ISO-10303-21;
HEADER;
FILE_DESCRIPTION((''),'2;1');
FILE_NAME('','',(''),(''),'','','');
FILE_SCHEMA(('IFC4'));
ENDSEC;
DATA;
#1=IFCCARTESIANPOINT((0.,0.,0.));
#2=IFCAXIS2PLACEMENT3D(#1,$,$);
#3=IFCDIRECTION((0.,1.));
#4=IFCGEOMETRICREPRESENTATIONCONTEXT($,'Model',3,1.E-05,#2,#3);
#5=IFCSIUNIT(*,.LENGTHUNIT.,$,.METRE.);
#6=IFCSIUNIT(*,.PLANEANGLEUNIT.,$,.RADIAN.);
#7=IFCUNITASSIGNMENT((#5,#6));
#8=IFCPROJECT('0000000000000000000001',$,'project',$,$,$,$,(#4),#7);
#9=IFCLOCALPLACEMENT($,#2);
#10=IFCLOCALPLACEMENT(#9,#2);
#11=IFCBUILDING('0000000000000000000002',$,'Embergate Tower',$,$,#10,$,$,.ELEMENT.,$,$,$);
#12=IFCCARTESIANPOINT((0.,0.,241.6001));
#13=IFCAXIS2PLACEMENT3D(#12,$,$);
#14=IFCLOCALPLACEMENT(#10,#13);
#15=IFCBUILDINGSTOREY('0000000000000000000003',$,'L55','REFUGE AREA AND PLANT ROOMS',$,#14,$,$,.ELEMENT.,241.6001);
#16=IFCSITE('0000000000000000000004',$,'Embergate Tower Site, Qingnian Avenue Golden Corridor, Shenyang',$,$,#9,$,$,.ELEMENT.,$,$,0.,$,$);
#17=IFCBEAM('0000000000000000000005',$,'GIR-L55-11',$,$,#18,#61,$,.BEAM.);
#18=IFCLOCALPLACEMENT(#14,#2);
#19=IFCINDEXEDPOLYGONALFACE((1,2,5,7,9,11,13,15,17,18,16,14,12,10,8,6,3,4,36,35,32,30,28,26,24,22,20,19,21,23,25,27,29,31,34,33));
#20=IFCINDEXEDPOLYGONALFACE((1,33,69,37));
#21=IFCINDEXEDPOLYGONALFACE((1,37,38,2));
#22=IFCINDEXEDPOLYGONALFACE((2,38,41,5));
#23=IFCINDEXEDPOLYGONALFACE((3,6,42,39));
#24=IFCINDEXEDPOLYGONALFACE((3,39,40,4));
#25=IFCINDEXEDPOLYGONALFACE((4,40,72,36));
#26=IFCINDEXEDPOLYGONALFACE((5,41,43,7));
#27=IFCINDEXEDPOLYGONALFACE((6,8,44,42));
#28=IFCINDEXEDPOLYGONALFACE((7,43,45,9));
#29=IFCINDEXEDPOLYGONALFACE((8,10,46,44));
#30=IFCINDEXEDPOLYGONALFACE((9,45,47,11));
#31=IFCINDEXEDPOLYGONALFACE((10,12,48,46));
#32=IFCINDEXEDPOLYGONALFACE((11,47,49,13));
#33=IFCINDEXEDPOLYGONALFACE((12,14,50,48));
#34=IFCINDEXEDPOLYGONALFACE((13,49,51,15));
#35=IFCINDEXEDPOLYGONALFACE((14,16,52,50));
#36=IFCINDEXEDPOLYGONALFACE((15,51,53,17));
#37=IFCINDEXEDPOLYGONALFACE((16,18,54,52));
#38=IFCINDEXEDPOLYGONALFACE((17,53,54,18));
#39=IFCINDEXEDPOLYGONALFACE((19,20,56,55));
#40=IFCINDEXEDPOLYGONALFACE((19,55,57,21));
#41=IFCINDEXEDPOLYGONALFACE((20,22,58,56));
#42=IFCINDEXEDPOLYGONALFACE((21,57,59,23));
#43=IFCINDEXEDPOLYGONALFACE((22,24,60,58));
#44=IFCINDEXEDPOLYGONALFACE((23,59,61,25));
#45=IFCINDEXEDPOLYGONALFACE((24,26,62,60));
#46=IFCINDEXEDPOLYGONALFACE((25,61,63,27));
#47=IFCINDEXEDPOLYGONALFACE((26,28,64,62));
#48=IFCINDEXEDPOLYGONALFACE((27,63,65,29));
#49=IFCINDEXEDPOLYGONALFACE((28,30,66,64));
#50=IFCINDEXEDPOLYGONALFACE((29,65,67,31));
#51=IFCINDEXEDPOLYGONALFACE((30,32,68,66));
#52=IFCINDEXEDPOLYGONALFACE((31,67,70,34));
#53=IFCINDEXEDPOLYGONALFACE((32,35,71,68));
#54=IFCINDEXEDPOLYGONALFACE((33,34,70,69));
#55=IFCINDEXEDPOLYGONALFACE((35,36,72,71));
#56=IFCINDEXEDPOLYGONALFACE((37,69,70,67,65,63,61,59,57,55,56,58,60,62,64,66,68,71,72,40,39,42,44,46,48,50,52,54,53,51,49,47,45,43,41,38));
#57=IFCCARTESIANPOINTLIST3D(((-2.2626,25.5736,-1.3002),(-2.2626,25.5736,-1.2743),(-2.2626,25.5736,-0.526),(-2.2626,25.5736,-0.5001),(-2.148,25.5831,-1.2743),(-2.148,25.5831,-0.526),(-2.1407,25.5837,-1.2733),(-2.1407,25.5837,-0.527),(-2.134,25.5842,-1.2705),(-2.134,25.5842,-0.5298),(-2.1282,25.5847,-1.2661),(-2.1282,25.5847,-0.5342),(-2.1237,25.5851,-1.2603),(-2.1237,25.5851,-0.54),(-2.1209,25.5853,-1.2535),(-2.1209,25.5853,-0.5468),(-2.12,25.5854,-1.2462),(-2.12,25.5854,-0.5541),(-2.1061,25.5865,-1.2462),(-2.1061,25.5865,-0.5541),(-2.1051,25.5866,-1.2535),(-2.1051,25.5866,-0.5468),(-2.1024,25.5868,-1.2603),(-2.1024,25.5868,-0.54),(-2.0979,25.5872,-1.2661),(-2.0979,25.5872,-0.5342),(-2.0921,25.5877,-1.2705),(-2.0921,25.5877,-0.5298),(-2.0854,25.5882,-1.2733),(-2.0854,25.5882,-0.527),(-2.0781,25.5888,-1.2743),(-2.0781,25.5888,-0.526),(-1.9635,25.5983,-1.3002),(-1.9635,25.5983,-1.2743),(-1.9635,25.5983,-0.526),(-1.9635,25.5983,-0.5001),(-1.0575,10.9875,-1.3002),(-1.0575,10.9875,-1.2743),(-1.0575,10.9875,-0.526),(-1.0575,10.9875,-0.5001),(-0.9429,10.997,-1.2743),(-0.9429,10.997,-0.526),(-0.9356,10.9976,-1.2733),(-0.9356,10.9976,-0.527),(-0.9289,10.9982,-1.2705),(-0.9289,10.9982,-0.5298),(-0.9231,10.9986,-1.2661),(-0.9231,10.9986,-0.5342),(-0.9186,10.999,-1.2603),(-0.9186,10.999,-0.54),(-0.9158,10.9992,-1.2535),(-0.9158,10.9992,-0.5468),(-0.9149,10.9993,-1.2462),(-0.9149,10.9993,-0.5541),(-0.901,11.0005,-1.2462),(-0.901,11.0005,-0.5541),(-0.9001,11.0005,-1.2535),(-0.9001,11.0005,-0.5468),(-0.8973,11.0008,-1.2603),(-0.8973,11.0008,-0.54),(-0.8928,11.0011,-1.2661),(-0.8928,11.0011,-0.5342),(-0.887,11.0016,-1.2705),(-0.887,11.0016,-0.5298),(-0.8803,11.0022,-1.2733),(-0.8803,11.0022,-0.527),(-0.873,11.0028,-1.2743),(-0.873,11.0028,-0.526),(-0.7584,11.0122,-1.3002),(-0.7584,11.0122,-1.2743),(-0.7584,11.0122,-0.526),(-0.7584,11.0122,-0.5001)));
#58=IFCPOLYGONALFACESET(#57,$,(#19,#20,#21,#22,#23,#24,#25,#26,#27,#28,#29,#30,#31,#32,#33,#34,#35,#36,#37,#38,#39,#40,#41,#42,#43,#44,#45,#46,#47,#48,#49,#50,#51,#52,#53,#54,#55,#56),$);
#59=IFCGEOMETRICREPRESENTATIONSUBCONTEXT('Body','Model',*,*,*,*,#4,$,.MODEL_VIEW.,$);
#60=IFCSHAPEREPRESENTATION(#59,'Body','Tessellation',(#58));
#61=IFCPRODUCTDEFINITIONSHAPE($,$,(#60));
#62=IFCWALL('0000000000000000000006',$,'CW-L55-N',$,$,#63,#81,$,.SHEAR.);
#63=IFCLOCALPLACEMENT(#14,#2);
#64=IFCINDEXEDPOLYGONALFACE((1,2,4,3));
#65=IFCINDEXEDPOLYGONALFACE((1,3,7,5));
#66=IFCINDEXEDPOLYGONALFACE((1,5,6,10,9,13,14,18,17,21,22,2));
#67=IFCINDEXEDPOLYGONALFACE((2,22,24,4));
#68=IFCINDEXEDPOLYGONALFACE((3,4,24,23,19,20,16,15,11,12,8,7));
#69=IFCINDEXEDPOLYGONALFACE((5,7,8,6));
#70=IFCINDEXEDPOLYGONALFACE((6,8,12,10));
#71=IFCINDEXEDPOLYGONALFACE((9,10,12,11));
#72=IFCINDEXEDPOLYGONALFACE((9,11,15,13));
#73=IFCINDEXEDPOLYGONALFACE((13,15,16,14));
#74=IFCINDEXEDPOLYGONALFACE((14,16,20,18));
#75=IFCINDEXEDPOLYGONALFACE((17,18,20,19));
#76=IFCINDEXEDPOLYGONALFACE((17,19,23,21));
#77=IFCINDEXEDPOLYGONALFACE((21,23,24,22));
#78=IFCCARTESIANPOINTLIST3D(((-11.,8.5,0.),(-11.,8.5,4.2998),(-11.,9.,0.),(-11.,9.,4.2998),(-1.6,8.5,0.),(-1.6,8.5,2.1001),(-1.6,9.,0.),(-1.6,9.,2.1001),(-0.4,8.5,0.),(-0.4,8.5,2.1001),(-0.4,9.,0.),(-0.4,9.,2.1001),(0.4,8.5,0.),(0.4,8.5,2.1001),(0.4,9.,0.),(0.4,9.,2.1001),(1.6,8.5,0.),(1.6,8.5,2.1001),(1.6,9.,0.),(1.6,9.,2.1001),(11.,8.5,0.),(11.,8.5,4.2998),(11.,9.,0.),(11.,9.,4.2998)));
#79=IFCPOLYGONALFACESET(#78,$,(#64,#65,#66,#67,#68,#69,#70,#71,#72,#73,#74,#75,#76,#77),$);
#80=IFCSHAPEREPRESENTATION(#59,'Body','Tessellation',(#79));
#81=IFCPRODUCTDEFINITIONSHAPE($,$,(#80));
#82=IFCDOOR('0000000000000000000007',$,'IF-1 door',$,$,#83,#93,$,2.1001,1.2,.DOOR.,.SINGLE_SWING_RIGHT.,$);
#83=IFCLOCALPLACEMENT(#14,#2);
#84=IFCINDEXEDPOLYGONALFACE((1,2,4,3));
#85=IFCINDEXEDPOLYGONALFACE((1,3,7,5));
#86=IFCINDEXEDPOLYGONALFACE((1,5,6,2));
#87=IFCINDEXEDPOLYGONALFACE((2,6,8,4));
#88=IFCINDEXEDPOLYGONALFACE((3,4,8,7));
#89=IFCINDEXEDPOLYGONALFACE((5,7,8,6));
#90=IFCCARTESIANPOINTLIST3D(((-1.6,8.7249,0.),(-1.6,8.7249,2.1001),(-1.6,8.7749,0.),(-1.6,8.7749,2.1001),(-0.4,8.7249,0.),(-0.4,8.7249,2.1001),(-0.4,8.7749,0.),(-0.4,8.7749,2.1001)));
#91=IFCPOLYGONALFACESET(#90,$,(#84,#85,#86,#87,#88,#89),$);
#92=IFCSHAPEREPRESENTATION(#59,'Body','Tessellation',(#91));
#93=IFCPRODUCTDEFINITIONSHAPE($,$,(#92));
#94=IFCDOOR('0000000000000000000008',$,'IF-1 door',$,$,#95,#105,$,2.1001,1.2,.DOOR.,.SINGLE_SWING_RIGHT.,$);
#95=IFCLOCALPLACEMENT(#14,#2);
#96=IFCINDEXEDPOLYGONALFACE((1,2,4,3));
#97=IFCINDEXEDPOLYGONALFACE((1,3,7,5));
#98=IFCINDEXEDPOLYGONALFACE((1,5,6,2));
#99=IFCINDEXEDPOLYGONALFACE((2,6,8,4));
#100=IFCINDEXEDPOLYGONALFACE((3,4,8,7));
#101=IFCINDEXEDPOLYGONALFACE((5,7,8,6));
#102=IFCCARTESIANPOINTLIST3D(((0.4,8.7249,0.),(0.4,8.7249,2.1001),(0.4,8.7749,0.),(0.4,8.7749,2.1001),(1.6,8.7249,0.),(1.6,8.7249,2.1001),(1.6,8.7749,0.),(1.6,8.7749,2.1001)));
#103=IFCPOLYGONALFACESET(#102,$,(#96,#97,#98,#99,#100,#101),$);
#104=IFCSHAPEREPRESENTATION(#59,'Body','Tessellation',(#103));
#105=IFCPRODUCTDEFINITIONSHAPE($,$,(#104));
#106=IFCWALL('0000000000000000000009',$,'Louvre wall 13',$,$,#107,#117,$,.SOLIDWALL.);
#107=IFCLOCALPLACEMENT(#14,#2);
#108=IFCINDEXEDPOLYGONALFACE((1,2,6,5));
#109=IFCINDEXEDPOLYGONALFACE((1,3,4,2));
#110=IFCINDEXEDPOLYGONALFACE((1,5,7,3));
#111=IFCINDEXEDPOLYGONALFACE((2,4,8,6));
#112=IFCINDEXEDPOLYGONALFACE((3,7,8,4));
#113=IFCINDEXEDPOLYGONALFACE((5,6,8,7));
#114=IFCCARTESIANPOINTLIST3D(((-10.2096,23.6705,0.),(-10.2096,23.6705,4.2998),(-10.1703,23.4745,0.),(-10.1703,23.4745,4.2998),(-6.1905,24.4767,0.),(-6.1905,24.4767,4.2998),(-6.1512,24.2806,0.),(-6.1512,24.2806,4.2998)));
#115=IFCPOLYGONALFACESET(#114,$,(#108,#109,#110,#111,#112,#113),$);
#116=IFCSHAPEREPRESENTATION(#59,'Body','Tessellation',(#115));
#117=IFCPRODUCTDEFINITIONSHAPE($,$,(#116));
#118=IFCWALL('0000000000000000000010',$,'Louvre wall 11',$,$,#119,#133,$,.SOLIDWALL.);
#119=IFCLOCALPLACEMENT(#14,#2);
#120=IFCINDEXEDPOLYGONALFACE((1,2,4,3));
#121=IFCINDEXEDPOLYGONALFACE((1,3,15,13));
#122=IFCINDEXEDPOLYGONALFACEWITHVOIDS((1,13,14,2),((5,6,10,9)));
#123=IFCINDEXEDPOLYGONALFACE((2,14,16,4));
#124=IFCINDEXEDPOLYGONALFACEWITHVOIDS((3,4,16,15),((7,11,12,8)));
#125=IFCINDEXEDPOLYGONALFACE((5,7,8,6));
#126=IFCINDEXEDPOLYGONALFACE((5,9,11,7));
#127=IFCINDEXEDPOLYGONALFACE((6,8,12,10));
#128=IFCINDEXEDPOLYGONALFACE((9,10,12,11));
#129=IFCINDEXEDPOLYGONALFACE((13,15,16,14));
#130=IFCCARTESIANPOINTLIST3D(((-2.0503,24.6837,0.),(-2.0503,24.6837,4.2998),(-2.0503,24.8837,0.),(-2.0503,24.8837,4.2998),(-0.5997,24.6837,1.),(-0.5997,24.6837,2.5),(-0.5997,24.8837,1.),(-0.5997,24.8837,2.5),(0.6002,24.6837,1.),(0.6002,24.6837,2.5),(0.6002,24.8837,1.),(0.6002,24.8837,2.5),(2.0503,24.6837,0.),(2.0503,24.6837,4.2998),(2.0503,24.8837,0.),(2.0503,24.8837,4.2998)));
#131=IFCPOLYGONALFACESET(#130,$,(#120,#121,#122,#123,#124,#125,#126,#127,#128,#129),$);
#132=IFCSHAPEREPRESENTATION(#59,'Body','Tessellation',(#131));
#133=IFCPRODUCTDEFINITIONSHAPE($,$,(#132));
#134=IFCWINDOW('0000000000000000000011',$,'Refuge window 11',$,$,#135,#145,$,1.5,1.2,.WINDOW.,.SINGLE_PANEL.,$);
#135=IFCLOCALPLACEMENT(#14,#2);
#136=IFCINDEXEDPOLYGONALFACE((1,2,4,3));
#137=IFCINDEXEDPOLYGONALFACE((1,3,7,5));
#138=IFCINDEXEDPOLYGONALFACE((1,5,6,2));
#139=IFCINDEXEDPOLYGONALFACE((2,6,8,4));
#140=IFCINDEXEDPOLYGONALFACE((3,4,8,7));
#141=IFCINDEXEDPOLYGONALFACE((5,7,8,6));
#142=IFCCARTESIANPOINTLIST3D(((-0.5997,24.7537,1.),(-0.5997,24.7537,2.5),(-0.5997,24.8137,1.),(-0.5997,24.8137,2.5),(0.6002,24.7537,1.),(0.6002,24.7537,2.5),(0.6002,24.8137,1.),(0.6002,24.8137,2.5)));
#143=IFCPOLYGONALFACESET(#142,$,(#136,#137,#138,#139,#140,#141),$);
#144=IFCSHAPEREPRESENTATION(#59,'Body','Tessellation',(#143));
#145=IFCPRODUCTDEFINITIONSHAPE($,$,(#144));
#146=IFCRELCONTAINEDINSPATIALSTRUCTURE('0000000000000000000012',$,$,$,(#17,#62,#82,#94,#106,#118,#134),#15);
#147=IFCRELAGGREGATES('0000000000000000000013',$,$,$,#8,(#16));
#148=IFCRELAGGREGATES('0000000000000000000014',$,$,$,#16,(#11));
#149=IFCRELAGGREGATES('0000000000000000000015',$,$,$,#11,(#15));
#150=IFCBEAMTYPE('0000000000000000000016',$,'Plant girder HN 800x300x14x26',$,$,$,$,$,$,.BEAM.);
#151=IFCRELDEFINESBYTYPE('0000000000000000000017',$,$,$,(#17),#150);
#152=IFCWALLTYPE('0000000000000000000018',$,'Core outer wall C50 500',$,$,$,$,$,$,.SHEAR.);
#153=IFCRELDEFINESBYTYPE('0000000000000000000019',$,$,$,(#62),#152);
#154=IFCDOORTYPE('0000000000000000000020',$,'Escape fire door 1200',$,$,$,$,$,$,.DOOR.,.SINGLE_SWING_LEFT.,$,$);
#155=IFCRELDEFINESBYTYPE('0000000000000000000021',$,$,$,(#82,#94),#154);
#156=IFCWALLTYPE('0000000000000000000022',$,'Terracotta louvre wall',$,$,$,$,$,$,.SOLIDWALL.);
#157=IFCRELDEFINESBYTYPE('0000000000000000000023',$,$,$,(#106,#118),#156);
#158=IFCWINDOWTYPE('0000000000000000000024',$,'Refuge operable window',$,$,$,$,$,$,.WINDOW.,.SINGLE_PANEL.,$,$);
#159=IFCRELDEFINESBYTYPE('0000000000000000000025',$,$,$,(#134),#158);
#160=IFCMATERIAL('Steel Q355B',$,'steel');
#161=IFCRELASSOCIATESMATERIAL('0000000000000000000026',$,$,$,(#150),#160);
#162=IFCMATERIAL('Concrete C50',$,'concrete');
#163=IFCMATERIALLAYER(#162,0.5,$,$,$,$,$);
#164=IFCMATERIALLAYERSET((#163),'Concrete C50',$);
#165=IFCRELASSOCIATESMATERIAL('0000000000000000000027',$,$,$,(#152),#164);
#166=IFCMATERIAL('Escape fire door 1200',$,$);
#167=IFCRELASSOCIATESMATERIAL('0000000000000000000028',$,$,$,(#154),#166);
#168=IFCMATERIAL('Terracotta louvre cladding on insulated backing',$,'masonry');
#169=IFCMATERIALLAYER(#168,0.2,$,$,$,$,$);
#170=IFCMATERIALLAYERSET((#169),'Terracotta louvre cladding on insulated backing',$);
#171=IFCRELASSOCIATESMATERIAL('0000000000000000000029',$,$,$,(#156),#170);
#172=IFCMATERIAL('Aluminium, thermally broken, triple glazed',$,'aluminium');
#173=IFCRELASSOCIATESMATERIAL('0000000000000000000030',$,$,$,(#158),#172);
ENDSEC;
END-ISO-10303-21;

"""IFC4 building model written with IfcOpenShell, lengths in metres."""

from ifc_helpers import new_model, si_unit, direction, frame, frame_2d, origin, origin_2d, place, context, subcontext, project, spatial, rectangle, i_section, extrude, source, transform, mapped, material, layer, layer_set, material_profile, profile_set, type_object, element, fill, save


model = new_model("IFC4")

# Units and contexts
model_context = context("Model", 3, precision=1e-05, world=origin(), true_north=direction((0.0, 1.0)))
body_context = subcontext(model_context, "Body", "Model", "MODEL_VIEW")
ifc_project = project(units=[si_unit("LENGTHUNIT", "METRE"), si_unit("PLANEANGLEUNIT", "RADIAN")], contexts=[model_context])

# Site, building, storey
site_placement = place(None, origin())
site = spatial("IfcSite", under=ifc_project, at=site_placement, Name="Embergate Tower Site, Qingnian Avenue Golden Corridor, Shenyang", CompositionType="ELEMENT", RefElevation=0.0)
building_placement = place(site_placement, origin())
building = spatial("IfcBuilding", under=site, at=building_placement, Name="Embergate Tower", CompositionType="ELEMENT")
storey_placement = place(building_placement, frame((0.0, 0.0, 241.6001)))
storey = spatial("IfcBuildingStorey", under=building, at=storey_placement, Name="L55", Description="REFUGE AREA AND PLANT ROOMS", CompositionType="ELEMENT", Elevation=241.6001)

# Beam
ifc_material_1 = material(Name="Steel Q355B", Category="steel")
ifc_material_profile_1 = material_profile(ifc_material_1, i_section(OverallWidth=0.3, OverallDepth=0.8, WebThickness=0.0139, FlangeThickness=0.0259, FilletRadius=0.0281, at=origin_2d()), Name="HN 800x300x14x26")
ifc_profile_set_1 = profile_set([ifc_material_profile_1], Name="Steel Q355 grade B")
beam_type_1 = type_object("IfcBeamType", Name="Plant girder HN 800x300x14x26", PredefinedType="BEAM", material=ifc_profile_set_1)
shared_shape_1 = source(origin(), body_context, "Body", "SweptSolid", [
    extrude(i_section(OverallWidth=0.3, OverallDepth=0.8, WebThickness=0.0139, FlangeThickness=0.0259, FilletRadius=0.0281, at=origin_2d()), origin(), (0.0, 0.0, 1.0), 14.6357),
])
beam_1_placement = place(storey_placement, frame((-2.113, 25.5859, -0.9001), z_axis=(0.082339, -0.996604, 0.0), x_axis=(0.996604, 0.082339, 0.0)))
element("IfcBeam", 1, at=beam_1_placement, inside=storey, type_object=beam_type_1, Name="GIR-L55-11", PredefinedType="BEAM", context=body_context, shape_type="MappedRepresentation", body=[
    mapped(shared_shape_1, transform((0.0, 0.0, 0.0))),
])

# Wall, openings, doors
ifc_material_2 = material(Name="Concrete C50", Category="concrete")
ifc_layer_1 = layer(ifc_material_2, 0.5)
ifc_layer_set_1 = layer_set([ifc_layer_1], Name="Concrete C50")
wall_type_1 = type_object("IfcWallType", Name="Core outer wall C50 500", PredefinedType="SHEAR", material=ifc_layer_set_1)
shared_shape_2 = source(origin(), body_context, "Body", "SweptSolid", [
    extrude(rectangle(XDim=22.0, YDim=0.5, at=frame_2d((11.0, 0.0))), origin(), (0.0, 0.0, 1.0), 4.2998),
])
wall_1_placement = place(storey_placement, frame((-11.0, 8.75, 0.0), z_axis=(0.0, 0.0, 1.0), x_axis=(1.0, 0.0, 0.0)))
wall_1 = element("IfcWall", 2, at=wall_1_placement, inside=storey, type_object=wall_type_1, Name="CW-L55-N", PredefinedType="SHEAR", context=body_context, shape_type="MappedRepresentation", body=[
    mapped(shared_shape_2, transform((0.0, 0.0, 0.0))),
])
shared_shape_3 = source(origin(), body_context, "Body", "SweptSolid", [
    extrude(rectangle(XDim=1.2, YDim=2.1001, at=frame_2d((0.6001, 1.05))), frame((0.0, 0.26, 0.0), z_axis=(0.0, -1.0, 0.0), x_axis=(1.0, 0.0, 0.0)), (0.0, 0.0, 1.0), 0.52),
])
opening_1_placement = place(wall_1_placement, frame((9.3999, 0.0, 0.0)))
opening_1 = element("IfcOpeningElement", 3, at=opening_1_placement, cuts=wall_1, PredefinedType="OPENING", context=body_context, shape_type="MappedRepresentation", body=[
    mapped(shared_shape_3, transform((0.0, 0.0, 0.0))),
])
opening_2_placement = place(wall_1_placement, frame((11.3999, 0.0, 0.0)))
opening_2 = element("IfcOpeningElement", 4, at=opening_2_placement, cuts=wall_1, PredefinedType="OPENING", context=body_context, shape_type="MappedRepresentation", body=[
    mapped(shared_shape_3, transform((0.0, 0.0, 0.0))),
])
ifc_material_3 = material(Name="Escape fire door 1200")
door_type_1 = type_object("IfcDoorType", Name="Escape fire door 1200", OperationType="SINGLE_SWING_LEFT", PredefinedType="DOOR", material=ifc_material_3)
shared_shape_4 = source(origin(), body_context, "Body", "SweptSolid", [
    extrude(rectangle(XDim=1.2, YDim=2.1001, at=frame_2d((0.6001, 1.05))), frame((0.0, 0.0249, 0.0), z_axis=(0.0, -1.0, 0.0), x_axis=(1.0, 0.0, 0.0)), (0.0, 0.0, 1.0), 0.05),
])
door_1_placement = place(opening_1_placement, origin())
door_1 = element("IfcDoor", 5, at=door_1_placement, inside=storey, type_object=door_type_1, Name="IF-1 door", OperationType="SINGLE_SWING_RIGHT", OverallHeight=2.1001, OverallWidth=1.2, PredefinedType="DOOR", context=body_context, shape_type="MappedRepresentation", body=[
    mapped(shared_shape_4, transform((0.0, 0.0, 0.0))),
])
fill(opening_1, door_1)
door_2_placement = place(opening_2_placement, origin())
door_2 = element("IfcDoor", 6, at=door_2_placement, inside=storey, type_object=door_type_1, Name="IF-1 door", OperationType="SINGLE_SWING_RIGHT", OverallHeight=2.1001, OverallWidth=1.2, PredefinedType="DOOR", context=body_context, shape_type="MappedRepresentation", body=[
    mapped(shared_shape_4, transform((0.0, 0.0, 0.0))),
])
fill(opening_2, door_2)

# Wall
ifc_material_4 = material(Name="Terracotta louvre cladding on insulated backing", Category="masonry")
ifc_layer_2 = layer(ifc_material_4, 0.2)
ifc_layer_set_2 = layer_set([ifc_layer_2], Name="Terracotta louvre cladding on insulated backing")
wall_type_2 = type_object("IfcWallType", Name="Terracotta louvre wall", PredefinedType="SOLIDWALL", material=ifc_layer_set_2)
shared_shape_5 = source(origin(), body_context, "Body", "SweptSolid", [
    extrude(rectangle(XDim=4.0991, YDim=0.2, at=frame_2d((2.0496, 0.0))), origin(), (0.0, 0.0, 1.0), 4.2998),
])
wall_2_placement = place(storey_placement, frame((-10.1899, 23.5725, 0.0), z_axis=(0.0, 0.0, 1.0), x_axis=(0.980471, 0.196666, 0.0)))
element("IfcWall", 7, at=wall_2_placement, inside=storey, type_object=wall_type_2, Name="Louvre wall 13", PredefinedType="SOLIDWALL", context=body_context, shape_type="MappedRepresentation", body=[
    mapped(shared_shape_5, transform((0.0, 0.0, 0.0))),
])

# Wall, opening, window
shared_shape_6 = source(origin(), body_context, "Body", "SweptSolid", [
    extrude(rectangle(XDim=4.1006, YDim=0.2, at=frame_2d((2.0503, 0.0))), origin(), (0.0, 0.0, 1.0), 4.2998),
])
wall_3_placement = place(storey_placement, frame((-2.0503, 24.7837, 0.0), z_axis=(0.0, 0.0, 1.0), x_axis=(1.0, 0.0, 0.0)))
wall_3 = element("IfcWall", 8, at=wall_3_placement, inside=storey, type_object=wall_type_2, Name="Louvre wall 11", PredefinedType="SOLIDWALL", context=body_context, shape_type="MappedRepresentation", body=[
    mapped(shared_shape_6, transform((0.0, 0.0, 0.0))),
])
shared_shape_7 = source(origin(), body_context, "Body", "SweptSolid", [
    extrude(rectangle(XDim=1.2, YDim=1.5, at=frame_2d((0.6001, 0.75))), frame((0.0, 0.1099, 0.0), z_axis=(0.0, -1.0, 0.0), x_axis=(1.0, 0.0, 0.0)), (0.0, 0.0, 1.0), 0.22),
])
opening_3_placement = place(wall_3_placement, frame((1.4504, 0.0, 1.0)))
opening_3 = element("IfcOpeningElement", 9, at=opening_3_placement, cuts=wall_3, PredefinedType="OPENING", context=body_context, shape_type="MappedRepresentation", body=[
    mapped(shared_shape_7, transform((0.0, 0.0, 0.0))),
])
ifc_material_5 = material(Name="Aluminium, thermally broken, triple glazed", Category="aluminium")
window_type = type_object("IfcWindowType", Name="Refuge operable window", PartitioningType="SINGLE_PANEL", PredefinedType="WINDOW", material=ifc_material_5)
shared_shape_8 = source(origin(), body_context, "Body", "SweptSolid", [
    extrude(rectangle(XDim=1.2, YDim=1.5, at=frame_2d((0.6001, 0.75))), frame((0.0, 0.03, 0.0), z_axis=(0.0, -1.0, 0.0), x_axis=(1.0, 0.0, 0.0)), (0.0, 0.0, 1.0), 0.0601),
])
window_1_placement = place(opening_3_placement, origin())
window_1 = element("IfcWindow", 10, at=window_1_placement, inside=storey, type_object=window_type, Name="Refuge window 11", OverallHeight=1.5, OverallWidth=1.2, PartitioningType="SINGLE_PANEL", PredefinedType="WINDOW", context=body_context, shape_type="MappedRepresentation", body=[
    mapped(shared_shape_8, transform((0.0, 0.0, 0.0))),
])
fill(opening_3, window_1)

save(model, "model.ifc")
